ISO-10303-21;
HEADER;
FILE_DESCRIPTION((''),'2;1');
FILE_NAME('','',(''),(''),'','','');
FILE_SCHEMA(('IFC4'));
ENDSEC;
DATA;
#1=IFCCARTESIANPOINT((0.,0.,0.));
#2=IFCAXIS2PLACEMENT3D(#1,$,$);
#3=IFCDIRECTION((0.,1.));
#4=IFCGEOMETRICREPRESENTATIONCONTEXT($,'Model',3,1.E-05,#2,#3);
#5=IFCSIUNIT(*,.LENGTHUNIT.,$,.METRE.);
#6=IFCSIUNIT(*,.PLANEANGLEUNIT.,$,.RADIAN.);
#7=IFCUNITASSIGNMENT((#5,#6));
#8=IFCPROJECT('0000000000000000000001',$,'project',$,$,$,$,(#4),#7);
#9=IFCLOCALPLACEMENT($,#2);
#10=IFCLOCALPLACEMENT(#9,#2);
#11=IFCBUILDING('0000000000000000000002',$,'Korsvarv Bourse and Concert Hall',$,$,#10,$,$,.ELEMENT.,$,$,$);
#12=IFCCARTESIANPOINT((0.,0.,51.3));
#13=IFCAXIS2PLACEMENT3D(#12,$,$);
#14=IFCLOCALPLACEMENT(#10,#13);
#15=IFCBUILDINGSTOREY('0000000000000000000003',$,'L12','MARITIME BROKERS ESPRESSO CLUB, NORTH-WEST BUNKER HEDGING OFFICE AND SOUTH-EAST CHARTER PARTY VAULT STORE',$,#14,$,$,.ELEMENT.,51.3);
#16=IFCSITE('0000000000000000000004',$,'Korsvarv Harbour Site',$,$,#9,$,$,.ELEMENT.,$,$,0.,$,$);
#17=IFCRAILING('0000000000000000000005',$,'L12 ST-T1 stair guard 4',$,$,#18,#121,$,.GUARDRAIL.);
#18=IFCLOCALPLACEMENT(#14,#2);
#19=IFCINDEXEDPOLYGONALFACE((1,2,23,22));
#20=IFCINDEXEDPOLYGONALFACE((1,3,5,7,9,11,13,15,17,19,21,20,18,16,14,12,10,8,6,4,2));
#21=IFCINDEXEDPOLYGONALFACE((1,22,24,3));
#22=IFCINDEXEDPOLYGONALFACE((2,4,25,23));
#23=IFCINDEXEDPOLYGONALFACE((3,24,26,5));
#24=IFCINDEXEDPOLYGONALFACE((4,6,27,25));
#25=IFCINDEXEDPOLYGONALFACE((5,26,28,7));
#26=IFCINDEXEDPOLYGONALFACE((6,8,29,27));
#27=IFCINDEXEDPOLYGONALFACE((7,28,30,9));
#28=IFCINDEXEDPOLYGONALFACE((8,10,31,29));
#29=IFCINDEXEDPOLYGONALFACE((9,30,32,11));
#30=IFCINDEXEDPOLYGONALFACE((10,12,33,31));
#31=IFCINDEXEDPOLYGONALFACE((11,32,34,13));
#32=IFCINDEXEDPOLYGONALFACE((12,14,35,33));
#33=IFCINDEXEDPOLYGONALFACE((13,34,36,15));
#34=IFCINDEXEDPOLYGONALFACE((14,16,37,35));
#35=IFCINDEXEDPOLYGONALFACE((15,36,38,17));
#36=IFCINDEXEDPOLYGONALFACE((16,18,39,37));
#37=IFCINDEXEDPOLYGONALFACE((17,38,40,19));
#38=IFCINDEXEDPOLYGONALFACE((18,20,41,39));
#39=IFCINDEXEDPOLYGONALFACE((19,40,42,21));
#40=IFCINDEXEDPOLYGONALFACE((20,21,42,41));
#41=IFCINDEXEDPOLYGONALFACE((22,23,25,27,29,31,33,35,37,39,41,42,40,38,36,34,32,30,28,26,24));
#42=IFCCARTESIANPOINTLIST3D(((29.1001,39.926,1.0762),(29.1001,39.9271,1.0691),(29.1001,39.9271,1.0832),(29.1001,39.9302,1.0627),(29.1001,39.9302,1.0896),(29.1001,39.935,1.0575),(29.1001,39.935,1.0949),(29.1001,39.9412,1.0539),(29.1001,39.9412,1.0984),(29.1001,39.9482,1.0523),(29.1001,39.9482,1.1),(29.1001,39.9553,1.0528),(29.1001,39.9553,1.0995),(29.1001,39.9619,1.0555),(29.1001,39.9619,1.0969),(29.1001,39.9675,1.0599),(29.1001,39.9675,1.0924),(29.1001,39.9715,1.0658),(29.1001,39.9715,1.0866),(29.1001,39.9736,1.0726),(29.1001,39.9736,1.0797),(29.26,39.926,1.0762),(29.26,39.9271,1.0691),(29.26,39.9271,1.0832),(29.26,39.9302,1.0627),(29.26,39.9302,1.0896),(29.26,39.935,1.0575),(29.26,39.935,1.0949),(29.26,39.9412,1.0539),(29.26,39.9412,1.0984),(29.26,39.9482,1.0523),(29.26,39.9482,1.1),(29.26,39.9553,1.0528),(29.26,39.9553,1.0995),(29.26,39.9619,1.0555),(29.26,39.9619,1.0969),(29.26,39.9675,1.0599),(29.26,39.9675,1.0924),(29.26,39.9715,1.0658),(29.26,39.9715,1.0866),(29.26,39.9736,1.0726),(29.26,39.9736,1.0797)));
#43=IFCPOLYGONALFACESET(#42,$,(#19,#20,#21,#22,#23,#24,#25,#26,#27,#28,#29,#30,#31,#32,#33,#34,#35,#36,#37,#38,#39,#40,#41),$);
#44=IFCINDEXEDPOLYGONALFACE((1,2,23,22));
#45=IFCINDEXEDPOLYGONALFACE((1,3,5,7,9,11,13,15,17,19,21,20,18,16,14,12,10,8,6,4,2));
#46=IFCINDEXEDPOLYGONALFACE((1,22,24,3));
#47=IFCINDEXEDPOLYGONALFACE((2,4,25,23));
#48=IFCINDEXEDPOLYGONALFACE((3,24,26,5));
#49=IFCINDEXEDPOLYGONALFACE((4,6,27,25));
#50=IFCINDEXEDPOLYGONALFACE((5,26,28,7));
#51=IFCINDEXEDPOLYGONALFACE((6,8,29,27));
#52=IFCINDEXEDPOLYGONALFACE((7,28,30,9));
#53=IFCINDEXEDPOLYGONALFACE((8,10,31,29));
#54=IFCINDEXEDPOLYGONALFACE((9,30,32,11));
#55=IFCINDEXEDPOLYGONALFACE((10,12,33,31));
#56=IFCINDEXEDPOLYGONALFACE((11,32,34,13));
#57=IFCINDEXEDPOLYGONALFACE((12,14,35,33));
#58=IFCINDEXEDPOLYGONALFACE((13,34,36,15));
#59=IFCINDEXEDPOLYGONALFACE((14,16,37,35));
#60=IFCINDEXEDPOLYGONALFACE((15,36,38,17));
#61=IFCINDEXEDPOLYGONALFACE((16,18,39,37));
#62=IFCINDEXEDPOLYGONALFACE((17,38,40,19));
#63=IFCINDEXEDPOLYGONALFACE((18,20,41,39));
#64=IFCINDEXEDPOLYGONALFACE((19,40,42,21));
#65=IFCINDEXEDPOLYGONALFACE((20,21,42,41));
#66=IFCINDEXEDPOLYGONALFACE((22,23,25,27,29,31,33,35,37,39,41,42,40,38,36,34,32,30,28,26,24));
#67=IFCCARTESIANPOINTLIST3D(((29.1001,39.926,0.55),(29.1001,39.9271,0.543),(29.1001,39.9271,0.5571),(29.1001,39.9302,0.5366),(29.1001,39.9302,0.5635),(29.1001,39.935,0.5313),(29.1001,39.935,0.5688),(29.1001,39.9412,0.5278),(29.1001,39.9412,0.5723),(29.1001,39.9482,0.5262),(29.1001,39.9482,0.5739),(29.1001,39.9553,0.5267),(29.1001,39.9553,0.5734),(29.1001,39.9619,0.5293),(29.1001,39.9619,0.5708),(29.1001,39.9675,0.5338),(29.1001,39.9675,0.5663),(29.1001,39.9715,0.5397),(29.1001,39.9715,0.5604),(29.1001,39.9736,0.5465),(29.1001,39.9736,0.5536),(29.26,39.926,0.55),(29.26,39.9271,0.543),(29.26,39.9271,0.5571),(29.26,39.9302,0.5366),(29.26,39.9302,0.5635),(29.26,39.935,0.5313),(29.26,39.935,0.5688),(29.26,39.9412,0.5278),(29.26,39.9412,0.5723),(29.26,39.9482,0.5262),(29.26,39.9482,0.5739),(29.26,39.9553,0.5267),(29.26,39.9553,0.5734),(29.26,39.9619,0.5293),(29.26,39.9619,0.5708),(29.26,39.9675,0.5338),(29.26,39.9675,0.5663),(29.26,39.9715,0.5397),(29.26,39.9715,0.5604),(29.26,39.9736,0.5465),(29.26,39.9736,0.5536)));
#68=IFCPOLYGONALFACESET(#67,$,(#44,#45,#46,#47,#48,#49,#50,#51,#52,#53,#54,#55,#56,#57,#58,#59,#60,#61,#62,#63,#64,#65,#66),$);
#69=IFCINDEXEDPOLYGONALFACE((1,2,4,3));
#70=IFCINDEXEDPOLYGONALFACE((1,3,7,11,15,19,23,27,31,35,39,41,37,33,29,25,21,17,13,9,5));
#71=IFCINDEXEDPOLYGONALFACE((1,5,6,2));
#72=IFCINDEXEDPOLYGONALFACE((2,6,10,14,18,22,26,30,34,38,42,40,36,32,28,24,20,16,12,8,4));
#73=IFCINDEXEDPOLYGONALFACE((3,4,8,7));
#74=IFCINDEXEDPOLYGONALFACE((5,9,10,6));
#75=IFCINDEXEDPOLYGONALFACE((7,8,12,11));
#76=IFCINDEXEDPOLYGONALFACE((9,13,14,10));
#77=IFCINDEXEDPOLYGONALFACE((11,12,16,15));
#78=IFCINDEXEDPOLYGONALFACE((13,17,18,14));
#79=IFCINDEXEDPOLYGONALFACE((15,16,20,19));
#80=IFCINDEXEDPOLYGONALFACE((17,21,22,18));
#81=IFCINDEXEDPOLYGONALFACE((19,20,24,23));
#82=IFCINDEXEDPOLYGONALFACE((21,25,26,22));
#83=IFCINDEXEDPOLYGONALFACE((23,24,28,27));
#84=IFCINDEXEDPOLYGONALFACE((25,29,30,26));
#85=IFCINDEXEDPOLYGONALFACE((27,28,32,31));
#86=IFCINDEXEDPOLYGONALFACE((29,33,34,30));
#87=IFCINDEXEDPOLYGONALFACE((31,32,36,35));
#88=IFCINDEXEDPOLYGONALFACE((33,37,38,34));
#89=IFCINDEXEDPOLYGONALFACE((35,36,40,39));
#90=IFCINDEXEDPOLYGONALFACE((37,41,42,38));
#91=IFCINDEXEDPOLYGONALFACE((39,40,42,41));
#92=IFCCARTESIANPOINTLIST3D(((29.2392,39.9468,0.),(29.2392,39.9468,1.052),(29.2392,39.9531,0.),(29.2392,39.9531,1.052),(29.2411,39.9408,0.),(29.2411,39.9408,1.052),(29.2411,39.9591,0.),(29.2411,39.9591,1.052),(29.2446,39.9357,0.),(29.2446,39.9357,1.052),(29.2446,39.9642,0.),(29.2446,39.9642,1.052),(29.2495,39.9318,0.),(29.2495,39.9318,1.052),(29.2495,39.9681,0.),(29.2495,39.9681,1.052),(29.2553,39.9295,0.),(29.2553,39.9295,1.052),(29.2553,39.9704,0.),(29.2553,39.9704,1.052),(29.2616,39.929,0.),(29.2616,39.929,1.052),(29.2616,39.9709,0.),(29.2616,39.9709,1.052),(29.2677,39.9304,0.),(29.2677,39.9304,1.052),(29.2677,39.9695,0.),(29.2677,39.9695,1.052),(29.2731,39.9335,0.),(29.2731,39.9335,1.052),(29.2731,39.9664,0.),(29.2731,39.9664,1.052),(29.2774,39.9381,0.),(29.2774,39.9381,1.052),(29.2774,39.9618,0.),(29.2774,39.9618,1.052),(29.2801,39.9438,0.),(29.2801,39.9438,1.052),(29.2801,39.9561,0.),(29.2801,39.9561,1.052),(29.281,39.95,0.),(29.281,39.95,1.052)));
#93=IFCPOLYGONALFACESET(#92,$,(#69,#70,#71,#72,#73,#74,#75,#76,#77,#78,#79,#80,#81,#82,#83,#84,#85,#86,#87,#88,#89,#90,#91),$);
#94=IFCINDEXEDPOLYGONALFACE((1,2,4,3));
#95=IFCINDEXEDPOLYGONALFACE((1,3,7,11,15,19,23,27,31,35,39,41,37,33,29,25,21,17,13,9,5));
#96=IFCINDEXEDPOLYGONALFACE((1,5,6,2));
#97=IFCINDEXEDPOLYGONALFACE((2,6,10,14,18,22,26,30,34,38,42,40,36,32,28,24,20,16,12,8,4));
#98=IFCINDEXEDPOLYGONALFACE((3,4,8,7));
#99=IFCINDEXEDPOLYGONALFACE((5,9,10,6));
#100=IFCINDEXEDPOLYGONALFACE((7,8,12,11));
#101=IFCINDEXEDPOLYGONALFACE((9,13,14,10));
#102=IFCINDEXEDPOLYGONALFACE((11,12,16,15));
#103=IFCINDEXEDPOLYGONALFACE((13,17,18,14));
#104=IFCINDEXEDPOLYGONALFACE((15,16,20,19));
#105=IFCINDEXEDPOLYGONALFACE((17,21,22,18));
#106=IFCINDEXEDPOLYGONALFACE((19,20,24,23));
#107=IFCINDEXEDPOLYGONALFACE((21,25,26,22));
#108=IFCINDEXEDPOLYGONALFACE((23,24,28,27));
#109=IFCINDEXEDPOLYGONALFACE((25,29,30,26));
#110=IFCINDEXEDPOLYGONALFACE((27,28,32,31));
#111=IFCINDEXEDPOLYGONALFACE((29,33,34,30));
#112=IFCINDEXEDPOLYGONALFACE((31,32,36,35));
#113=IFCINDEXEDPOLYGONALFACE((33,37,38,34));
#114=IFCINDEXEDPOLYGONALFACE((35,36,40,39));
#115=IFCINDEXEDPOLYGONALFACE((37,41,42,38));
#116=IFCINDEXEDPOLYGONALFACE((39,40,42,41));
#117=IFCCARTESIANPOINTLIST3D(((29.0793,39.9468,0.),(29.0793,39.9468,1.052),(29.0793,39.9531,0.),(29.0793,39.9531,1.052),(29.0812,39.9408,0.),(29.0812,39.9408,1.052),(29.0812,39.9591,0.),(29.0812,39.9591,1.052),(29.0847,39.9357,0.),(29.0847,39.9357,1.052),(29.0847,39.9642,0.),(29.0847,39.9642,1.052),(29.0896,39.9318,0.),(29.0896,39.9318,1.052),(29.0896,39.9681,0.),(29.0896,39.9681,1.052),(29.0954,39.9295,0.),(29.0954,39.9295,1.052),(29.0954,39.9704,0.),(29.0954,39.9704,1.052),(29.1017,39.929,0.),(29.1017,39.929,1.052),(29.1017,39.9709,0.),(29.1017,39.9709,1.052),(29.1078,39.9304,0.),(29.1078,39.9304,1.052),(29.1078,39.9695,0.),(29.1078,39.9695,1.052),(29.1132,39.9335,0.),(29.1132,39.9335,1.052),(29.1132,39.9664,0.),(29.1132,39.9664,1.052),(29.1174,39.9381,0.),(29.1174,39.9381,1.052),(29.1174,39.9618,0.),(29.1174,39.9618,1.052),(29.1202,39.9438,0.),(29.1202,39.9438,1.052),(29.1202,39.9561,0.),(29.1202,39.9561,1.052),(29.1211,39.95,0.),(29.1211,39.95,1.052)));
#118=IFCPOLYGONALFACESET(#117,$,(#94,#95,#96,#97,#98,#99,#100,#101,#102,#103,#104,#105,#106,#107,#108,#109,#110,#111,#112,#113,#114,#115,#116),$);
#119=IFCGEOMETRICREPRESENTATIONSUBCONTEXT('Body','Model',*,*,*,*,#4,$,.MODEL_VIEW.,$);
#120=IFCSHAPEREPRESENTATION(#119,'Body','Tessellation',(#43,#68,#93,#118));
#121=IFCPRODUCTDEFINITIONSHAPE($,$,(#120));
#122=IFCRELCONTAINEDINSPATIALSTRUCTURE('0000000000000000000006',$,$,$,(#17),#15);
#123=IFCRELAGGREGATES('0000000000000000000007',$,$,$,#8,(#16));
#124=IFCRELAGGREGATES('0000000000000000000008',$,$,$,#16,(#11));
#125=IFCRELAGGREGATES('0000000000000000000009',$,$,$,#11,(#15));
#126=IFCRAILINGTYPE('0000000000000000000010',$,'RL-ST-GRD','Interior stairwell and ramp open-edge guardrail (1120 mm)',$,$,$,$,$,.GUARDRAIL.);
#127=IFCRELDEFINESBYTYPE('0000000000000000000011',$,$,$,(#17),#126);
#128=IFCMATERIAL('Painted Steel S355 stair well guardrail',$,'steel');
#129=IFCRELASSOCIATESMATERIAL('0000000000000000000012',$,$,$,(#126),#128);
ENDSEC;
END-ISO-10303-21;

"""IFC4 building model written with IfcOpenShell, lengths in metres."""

from ifc_helpers import new_model, si_unit, direction, frame, origin, origin_2d, place, context, subcontext, project, spatial, circle, extrude, material, type_object, element, save


model = new_model("IFC4")

# Units and contexts
model_context = context("Model", 3, precision=1e-05, world=origin(), true_north=direction((0.0, 1.0)))
body_context = subcontext(model_context, "Body", "Model", "MODEL_VIEW")
ifc_project = project(units=[si_unit("LENGTHUNIT", "METRE"), si_unit("PLANEANGLEUNIT", "RADIAN")], contexts=[model_context])

# Site, building, storey
site_placement = place(None, origin())
site = spatial("IfcSite", under=ifc_project, at=site_placement, Name="Korsvarv Harbour Site", CompositionType="ELEMENT", RefElevation=0.0)
building_placement = place(site_placement, origin())
building = spatial("IfcBuilding", under=site, at=building_placement, Name="Korsvarv Bourse and Concert Hall", CompositionType="ELEMENT")
storey_placement = place(building_placement, frame((0.0, 0.0, 51.3)))
storey = spatial("IfcBuildingStorey", under=building, at=storey_placement, Name="L12", Description="MARITIME BROKERS ESPRESSO CLUB, NORTH-WEST BUNKER HEDGING OFFICE AND SOUTH-EAST CHARTER PARTY VAULT STORE", CompositionType="ELEMENT", Elevation=51.3)

# Railing
ifc_material_1 = material(Name="Painted Steel S355 stair well guardrail", Category="steel")
railing_type_1 = type_object("IfcRailingType", Name="RL-ST-GRD", Description="Interior stairwell and ramp open-edge guardrail (1120 mm)", PredefinedType="GUARDRAIL", material=ifc_material_1)
railing_1_placement = place(storey_placement, frame((29.26, 39.95, 0.0)))
element("IfcRailing", 1, at=railing_1_placement, inside=storey, type_object=railing_type_1, Name="L12 ST-T1 stair guard 4", PredefinedType="GUARDRAIL", context=body_context, shape_type="SweptSolid", body=[
    extrude(circle(Radius=0.0239, at=origin_2d()), frame((0.0, 0.0, 1.0762), z_axis=(-1.0, 0.0, 0.0), x_axis=(0.0, -1.0, 0.0)), (0.0, 0.0, 1.0), 0.1599),
    extrude(circle(Radius=0.0239, at=origin_2d()), frame((0.0, 0.0, 0.55), z_axis=(-1.0, 0.0, 0.0), x_axis=(0.0, -1.0, 0.0)), (0.0, 0.0, 1.0), 0.1599),
    extrude(circle(Radius=0.021, at=origin_2d()), origin(), (0.0, 0.0, 1.0), 1.052),
    extrude(circle(Radius=0.021, at=origin_2d()), frame((-0.1599, 0.0, 0.0)), (0.0, 0.0, 1.0), 1.052),
])

save(model, "model.ifc")
